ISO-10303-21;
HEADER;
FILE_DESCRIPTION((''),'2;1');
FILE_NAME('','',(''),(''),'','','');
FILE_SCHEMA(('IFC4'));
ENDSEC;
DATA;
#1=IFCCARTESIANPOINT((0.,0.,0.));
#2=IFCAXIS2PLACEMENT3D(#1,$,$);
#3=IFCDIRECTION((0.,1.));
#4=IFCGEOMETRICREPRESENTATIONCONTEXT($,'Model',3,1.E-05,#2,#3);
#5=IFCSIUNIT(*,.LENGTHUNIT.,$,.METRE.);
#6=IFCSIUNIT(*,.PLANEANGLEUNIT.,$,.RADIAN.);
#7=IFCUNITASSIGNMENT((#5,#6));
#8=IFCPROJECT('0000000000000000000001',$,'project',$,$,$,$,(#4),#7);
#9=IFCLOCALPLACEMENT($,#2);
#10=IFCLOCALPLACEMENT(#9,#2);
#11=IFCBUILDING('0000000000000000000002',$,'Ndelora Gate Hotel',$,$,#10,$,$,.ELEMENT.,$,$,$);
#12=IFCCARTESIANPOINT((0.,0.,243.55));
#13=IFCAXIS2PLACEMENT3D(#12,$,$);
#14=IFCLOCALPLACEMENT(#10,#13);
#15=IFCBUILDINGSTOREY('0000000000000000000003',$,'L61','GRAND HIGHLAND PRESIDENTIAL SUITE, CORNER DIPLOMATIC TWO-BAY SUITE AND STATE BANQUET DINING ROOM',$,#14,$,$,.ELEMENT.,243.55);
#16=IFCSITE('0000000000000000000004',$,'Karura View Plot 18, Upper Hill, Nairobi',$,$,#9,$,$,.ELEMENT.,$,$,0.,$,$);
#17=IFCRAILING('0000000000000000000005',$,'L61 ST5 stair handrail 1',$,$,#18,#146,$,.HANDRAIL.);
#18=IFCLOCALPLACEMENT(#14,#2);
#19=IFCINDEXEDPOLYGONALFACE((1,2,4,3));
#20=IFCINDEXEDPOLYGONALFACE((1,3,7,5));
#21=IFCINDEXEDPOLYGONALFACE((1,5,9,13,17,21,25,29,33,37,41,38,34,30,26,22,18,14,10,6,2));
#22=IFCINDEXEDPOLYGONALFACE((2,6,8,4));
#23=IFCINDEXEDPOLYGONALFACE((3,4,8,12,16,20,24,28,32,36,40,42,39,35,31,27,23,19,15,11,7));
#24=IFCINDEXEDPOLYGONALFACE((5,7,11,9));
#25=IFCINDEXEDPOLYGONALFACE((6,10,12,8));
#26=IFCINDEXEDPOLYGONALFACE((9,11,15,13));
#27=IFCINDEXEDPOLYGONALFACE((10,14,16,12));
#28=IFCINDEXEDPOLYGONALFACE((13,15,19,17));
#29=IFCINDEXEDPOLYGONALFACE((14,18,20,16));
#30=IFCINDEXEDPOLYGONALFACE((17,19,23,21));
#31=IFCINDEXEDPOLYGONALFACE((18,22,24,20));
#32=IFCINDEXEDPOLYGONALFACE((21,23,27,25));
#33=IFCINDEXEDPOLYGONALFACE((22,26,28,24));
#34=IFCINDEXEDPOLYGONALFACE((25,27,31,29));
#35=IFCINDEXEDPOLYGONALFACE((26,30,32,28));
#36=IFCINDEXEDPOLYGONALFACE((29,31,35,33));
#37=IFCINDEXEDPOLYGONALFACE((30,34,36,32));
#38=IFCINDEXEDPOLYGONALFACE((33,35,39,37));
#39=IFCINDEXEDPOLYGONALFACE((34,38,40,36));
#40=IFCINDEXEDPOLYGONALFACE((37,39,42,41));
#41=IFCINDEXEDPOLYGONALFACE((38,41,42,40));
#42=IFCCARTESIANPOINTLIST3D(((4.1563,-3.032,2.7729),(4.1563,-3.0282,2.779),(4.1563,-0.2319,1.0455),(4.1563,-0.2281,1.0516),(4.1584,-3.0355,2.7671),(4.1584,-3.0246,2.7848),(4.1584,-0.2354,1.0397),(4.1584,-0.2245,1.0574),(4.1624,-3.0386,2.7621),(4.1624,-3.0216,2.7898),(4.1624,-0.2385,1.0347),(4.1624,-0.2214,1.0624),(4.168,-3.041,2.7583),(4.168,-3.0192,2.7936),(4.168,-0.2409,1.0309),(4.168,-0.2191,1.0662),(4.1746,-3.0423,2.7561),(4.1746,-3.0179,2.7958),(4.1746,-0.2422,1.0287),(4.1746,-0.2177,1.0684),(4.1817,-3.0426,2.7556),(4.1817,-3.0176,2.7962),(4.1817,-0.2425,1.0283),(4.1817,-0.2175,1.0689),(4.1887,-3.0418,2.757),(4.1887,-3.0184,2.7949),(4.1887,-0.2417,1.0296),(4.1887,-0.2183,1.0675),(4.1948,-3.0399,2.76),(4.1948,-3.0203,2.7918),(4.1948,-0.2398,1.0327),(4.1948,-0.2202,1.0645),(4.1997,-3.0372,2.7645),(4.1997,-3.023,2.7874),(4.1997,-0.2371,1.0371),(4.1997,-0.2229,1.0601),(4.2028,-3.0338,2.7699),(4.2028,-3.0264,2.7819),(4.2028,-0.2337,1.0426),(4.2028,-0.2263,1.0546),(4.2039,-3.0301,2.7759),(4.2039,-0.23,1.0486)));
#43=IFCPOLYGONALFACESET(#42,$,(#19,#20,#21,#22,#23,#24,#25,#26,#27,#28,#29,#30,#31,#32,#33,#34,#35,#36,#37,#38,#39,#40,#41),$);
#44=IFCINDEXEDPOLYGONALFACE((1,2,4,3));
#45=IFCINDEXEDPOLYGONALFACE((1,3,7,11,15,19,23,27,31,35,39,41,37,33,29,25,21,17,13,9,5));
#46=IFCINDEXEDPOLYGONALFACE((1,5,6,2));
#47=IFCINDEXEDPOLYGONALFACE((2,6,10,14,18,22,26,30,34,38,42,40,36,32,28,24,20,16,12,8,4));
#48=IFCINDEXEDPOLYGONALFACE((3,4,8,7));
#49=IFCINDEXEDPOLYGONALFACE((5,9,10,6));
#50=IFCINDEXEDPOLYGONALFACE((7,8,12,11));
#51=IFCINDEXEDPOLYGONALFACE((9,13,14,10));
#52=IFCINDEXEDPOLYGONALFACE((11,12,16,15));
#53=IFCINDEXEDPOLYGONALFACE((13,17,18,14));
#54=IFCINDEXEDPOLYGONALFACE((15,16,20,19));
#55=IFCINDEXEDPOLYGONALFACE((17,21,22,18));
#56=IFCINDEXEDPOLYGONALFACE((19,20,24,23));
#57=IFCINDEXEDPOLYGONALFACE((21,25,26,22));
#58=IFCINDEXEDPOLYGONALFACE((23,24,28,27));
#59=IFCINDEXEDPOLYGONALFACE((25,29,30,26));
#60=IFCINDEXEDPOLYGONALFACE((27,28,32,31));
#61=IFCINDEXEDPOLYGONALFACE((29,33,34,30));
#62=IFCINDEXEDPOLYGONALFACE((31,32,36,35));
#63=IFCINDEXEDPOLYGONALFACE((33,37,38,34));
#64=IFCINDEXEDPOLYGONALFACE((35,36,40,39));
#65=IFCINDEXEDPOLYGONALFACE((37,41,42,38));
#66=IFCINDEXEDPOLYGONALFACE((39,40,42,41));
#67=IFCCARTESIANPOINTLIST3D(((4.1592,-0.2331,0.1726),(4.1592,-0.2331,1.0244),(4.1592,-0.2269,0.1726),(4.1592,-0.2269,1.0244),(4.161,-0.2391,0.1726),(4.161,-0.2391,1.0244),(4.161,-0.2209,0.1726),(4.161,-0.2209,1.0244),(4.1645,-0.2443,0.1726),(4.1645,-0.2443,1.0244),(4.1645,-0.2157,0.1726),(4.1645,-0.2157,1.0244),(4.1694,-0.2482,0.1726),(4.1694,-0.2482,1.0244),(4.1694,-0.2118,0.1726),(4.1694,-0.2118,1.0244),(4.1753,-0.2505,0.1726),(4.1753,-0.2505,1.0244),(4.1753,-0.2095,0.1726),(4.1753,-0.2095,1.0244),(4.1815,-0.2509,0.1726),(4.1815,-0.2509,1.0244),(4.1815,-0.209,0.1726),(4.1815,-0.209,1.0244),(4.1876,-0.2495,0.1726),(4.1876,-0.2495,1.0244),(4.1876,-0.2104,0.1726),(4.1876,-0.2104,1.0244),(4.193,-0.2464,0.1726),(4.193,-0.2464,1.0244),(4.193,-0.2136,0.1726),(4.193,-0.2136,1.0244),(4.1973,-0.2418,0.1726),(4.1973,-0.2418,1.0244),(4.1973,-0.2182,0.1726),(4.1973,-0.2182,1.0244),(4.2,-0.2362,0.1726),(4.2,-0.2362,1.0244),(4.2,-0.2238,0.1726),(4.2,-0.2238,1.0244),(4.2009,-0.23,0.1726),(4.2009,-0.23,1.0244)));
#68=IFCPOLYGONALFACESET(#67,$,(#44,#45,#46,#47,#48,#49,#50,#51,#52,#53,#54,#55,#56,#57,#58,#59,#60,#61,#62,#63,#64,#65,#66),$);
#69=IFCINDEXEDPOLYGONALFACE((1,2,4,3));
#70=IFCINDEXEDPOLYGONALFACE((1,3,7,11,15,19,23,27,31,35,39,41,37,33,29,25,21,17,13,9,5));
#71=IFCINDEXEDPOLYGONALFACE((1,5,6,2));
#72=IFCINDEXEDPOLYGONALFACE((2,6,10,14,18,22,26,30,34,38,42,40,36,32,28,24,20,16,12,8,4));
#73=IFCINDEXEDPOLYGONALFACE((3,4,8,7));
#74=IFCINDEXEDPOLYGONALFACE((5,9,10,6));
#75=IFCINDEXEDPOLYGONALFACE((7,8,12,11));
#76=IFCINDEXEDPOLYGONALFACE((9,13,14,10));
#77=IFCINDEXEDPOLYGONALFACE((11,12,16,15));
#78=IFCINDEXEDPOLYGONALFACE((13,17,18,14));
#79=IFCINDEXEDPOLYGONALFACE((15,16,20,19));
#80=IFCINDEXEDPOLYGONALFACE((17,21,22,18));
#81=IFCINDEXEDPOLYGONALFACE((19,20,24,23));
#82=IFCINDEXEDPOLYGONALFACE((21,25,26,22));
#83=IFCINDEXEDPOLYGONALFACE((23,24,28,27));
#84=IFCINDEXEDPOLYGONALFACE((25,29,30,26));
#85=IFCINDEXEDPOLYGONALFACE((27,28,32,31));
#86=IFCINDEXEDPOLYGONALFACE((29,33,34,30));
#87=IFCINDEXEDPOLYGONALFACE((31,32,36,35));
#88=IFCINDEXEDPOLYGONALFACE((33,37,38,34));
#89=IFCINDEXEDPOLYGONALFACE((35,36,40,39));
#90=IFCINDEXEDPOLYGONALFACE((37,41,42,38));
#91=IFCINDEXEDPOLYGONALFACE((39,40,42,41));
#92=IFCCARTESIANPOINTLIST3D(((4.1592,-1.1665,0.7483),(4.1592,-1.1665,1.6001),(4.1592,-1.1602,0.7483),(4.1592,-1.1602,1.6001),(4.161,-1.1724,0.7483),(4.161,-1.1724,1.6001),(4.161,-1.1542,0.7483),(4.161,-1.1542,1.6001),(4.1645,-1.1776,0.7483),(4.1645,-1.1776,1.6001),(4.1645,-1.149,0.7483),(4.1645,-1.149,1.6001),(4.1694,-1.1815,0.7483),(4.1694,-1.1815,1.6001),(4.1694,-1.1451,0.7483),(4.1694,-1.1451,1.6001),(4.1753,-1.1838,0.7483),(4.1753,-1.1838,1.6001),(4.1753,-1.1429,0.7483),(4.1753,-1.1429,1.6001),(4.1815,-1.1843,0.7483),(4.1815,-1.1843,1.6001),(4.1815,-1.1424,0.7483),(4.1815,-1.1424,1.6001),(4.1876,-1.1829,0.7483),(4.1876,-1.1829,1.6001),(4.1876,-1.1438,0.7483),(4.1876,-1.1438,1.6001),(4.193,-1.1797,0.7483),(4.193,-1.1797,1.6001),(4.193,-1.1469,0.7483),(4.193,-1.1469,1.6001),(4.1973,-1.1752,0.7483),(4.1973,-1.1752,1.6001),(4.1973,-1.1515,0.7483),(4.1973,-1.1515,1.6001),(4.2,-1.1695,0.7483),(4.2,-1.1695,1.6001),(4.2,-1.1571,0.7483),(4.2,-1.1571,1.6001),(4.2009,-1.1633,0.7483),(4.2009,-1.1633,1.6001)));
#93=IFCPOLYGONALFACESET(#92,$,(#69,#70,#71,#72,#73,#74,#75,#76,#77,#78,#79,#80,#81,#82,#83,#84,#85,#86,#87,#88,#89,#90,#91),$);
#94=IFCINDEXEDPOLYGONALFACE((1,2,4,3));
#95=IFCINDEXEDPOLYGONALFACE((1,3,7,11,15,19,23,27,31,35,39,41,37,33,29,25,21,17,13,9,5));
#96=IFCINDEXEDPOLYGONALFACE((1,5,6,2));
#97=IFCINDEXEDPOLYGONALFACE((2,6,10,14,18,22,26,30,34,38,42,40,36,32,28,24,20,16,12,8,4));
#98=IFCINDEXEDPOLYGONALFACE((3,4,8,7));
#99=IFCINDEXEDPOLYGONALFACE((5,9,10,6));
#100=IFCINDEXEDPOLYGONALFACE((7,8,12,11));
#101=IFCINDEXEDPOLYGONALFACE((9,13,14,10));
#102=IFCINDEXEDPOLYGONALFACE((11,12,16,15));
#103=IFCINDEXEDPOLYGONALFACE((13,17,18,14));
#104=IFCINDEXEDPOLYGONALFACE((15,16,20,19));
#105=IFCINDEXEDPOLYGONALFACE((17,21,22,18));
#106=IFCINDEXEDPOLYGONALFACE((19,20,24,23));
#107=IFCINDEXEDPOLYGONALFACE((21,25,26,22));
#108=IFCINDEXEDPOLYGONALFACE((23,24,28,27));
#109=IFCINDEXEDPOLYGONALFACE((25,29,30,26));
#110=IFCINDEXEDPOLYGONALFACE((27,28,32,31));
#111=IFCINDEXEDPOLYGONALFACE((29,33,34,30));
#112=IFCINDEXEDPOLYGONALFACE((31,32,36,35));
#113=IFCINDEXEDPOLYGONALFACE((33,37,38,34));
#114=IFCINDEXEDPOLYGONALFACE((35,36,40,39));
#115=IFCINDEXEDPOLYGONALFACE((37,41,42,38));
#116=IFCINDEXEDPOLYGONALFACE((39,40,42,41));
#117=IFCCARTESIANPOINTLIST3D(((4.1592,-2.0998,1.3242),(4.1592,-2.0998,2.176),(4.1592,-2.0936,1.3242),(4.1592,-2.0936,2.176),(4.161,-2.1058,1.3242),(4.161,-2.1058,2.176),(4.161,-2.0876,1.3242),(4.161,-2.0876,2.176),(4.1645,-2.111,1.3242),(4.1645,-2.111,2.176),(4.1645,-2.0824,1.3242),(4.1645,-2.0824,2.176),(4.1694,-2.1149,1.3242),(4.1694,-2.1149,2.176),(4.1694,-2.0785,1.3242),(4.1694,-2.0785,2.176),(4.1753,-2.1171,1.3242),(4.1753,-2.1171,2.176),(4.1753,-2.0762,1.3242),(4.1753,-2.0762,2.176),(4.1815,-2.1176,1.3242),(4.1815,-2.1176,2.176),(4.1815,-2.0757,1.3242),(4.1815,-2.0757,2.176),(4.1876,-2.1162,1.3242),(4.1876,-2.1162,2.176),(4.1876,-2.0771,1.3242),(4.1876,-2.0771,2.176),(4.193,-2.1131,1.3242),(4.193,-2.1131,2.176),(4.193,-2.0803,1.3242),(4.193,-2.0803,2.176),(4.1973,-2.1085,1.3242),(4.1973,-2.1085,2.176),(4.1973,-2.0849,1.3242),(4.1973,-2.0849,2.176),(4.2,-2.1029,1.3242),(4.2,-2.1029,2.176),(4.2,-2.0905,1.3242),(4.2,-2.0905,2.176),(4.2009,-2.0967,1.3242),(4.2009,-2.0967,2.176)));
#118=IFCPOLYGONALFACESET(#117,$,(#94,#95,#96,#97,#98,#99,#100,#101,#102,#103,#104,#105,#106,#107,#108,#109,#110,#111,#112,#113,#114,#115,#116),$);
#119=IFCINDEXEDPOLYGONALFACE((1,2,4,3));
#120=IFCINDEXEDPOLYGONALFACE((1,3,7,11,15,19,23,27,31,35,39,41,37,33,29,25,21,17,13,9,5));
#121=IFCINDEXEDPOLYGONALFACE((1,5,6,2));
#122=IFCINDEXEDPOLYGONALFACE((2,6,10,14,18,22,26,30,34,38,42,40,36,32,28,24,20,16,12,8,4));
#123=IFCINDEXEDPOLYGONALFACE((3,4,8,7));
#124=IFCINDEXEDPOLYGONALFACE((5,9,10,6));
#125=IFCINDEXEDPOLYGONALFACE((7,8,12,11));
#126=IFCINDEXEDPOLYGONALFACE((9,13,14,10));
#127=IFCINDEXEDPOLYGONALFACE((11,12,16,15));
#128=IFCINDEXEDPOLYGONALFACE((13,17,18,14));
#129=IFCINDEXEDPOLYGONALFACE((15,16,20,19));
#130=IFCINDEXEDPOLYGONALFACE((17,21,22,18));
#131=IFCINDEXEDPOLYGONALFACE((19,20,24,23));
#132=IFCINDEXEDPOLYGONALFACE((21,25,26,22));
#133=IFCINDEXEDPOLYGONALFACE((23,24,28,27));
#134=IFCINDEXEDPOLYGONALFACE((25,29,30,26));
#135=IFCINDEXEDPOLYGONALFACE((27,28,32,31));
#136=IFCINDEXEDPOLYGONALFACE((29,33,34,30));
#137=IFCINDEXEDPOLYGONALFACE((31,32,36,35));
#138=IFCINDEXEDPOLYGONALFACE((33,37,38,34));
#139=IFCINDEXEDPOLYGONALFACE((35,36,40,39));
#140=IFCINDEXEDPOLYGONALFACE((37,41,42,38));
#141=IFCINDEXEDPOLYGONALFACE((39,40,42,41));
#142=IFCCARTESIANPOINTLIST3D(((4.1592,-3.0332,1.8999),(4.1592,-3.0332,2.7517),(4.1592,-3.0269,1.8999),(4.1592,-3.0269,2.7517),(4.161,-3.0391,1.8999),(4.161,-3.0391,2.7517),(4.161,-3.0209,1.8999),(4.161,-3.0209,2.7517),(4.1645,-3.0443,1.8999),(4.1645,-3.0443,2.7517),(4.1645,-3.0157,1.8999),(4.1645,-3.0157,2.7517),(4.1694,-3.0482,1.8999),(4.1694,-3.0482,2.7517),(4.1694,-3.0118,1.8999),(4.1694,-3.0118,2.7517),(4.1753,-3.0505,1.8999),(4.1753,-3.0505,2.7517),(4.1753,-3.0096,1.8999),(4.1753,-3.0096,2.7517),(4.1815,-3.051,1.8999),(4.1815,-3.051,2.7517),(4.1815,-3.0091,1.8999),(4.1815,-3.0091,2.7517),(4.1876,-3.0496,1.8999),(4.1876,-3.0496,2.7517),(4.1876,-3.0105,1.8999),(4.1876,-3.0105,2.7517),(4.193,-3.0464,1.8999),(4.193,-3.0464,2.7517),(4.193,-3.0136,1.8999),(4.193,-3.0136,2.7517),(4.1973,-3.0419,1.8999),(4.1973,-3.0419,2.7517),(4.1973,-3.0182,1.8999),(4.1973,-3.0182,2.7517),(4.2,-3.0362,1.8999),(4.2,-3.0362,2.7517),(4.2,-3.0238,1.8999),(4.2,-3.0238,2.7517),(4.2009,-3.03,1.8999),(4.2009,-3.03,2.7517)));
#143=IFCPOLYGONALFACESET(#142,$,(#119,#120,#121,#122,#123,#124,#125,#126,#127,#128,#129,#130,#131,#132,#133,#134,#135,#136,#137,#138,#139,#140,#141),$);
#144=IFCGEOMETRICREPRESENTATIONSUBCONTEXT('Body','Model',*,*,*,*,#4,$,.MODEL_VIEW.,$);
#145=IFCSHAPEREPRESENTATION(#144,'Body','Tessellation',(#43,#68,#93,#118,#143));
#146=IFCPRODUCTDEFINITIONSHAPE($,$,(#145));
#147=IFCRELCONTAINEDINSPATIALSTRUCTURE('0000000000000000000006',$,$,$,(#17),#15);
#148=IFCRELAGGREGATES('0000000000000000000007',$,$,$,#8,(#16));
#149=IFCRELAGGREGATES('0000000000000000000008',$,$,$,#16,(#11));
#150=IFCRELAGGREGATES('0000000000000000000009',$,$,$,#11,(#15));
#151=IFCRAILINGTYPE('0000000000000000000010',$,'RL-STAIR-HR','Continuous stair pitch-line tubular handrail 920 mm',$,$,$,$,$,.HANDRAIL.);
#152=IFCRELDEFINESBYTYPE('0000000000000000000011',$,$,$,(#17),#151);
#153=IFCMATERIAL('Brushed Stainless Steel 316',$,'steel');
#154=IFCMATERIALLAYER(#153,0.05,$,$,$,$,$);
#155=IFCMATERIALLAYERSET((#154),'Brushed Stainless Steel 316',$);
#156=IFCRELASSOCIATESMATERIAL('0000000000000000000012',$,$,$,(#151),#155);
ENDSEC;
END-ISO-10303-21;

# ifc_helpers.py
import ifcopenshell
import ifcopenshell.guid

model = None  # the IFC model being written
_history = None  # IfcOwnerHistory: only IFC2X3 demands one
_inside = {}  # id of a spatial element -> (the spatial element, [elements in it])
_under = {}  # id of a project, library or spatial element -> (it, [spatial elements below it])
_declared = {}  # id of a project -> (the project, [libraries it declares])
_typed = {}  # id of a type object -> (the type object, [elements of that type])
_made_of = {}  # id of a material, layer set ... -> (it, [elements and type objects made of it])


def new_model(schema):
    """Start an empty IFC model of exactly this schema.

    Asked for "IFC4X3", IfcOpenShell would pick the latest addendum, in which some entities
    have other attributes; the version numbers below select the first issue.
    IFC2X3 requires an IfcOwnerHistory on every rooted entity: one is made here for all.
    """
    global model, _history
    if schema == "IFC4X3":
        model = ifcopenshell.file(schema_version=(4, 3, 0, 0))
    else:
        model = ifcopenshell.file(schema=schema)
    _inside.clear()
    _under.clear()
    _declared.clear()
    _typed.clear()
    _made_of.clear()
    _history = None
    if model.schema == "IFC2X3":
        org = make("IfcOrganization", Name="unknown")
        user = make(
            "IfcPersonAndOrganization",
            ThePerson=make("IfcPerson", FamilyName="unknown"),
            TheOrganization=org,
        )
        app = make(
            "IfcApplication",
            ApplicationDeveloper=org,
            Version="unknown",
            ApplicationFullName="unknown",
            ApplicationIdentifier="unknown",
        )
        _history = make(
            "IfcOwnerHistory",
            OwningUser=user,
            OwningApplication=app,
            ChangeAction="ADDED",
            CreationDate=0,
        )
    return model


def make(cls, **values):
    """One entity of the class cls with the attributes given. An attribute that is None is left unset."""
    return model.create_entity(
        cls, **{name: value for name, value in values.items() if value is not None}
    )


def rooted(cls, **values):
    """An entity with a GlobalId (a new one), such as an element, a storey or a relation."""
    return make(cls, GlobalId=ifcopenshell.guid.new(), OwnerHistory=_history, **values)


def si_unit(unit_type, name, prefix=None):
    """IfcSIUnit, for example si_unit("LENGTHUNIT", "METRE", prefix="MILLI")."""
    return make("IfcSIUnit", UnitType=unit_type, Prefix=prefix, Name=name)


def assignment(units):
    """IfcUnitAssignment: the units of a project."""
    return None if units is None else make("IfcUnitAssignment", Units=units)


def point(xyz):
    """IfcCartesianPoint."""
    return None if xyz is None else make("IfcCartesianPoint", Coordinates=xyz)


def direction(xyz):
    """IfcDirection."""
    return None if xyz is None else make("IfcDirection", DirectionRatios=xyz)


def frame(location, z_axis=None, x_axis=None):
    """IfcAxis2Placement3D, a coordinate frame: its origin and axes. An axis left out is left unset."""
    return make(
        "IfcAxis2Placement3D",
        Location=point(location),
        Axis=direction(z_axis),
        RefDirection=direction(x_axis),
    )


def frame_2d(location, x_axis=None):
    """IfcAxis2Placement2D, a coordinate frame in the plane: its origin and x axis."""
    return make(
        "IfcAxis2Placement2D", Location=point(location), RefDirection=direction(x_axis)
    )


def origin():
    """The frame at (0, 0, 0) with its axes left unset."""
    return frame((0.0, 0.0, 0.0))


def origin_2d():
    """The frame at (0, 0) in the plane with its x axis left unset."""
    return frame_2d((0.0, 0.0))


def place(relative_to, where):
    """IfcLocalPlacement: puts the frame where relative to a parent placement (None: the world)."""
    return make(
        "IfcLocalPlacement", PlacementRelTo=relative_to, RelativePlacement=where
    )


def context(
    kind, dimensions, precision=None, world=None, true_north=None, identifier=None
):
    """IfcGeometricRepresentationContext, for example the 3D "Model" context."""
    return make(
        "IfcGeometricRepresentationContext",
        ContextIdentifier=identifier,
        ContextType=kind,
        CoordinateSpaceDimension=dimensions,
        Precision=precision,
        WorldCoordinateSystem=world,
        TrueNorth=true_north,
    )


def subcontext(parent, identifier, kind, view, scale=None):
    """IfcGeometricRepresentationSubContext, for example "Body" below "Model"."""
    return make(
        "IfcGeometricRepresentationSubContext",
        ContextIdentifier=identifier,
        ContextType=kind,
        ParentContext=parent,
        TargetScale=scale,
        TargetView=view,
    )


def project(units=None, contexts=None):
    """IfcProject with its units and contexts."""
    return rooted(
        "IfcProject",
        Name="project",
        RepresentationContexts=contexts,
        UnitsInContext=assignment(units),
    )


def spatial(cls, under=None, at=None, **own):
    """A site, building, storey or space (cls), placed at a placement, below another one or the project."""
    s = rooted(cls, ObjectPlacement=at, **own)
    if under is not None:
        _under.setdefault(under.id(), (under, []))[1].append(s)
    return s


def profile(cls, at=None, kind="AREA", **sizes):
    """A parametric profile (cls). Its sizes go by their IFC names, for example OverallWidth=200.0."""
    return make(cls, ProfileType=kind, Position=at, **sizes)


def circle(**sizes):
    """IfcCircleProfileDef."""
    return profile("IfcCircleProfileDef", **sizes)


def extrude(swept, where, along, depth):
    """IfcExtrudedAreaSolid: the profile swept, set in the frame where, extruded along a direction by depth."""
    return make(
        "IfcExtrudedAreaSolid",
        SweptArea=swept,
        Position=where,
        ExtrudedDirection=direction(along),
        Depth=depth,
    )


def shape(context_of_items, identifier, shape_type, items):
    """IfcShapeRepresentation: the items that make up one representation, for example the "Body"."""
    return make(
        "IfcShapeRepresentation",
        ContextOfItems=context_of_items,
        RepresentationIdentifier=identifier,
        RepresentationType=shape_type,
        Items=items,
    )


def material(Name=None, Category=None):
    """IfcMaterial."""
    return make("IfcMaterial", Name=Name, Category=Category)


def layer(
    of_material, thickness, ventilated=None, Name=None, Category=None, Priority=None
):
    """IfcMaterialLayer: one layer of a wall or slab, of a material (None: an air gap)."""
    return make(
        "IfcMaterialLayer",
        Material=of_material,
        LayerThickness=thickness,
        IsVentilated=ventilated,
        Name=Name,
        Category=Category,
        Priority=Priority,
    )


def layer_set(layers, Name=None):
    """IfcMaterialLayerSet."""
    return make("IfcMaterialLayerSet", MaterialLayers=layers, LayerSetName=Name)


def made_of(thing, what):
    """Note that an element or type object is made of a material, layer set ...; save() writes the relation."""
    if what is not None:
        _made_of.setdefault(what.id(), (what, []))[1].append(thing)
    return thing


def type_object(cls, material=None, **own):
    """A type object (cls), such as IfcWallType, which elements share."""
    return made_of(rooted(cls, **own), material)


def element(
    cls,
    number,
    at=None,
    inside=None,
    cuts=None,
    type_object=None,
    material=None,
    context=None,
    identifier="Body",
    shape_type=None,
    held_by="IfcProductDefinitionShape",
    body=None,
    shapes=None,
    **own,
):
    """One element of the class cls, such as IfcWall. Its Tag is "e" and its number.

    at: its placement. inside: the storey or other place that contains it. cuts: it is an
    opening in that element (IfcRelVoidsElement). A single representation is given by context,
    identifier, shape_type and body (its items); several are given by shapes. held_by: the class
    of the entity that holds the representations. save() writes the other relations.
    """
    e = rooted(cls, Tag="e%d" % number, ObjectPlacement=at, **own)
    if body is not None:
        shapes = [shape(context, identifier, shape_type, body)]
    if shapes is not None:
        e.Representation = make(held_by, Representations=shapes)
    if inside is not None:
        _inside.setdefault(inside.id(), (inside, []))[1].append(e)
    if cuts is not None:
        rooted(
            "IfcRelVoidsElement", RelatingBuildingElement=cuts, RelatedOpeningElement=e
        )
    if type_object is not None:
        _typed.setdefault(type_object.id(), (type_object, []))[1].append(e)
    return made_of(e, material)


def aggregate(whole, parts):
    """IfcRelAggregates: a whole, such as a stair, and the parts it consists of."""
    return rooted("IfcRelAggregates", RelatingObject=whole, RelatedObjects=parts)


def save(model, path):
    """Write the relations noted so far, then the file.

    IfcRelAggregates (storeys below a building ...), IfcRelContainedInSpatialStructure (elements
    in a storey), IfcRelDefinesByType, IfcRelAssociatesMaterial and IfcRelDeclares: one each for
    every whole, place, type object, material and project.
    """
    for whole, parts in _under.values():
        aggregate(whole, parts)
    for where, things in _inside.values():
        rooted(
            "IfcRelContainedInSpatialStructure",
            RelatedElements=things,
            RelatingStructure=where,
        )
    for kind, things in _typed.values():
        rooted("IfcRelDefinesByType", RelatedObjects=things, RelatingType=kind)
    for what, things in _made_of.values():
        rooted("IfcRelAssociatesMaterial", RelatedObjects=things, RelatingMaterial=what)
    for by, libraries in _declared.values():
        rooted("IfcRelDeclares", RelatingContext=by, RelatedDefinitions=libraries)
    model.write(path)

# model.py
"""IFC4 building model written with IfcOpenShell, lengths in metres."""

from ifc_helpers import new_model, si_unit, direction, frame, origin, origin_2d, place, context, subcontext, project, spatial, circle, extrude, material, layer, layer_set, type_object, element, save


model = new_model("IFC4")

# Units and contexts
model_context = context("Model", 3, precision=1e-05, world=origin(), true_north=direction((0.0, 1.0)))
body_context = subcontext(model_context, "Body", "Model", "MODEL_VIEW")
ifc_project = project(units=[si_unit("LENGTHUNIT", "METRE"), si_unit("PLANEANGLEUNIT", "RADIAN")], contexts=[model_context])

# Site, building, storey
site_placement = place(None, origin())
site = spatial("IfcSite", under=ifc_project, at=site_placement, Name="Karura View Plot 18, Upper Hill, Nairobi", CompositionType="ELEMENT", RefElevation=0.0)
building_placement = place(site_placement, origin())
building = spatial("IfcBuilding", under=site, at=building_placement, Name="Ndelora Gate Hotel", CompositionType="ELEMENT")
storey_placement = place(building_placement, frame((0.0, 0.0, 243.55)))
storey = spatial("IfcBuildingStorey", under=building, at=storey_placement, Name="L61", Description="GRAND HIGHLAND PRESIDENTIAL SUITE, CORNER DIPLOMATIC TWO-BAY SUITE AND STATE BANQUET DINING ROOM", CompositionType="ELEMENT", Elevation=243.55)

# Railing
ifc_material_1 = material(Name="Brushed Stainless Steel 316", Category="steel")
ifc_layer_1 = layer(ifc_material_1, 0.05)
ifc_layer_set_1 = layer_set([ifc_layer_1], Name="Brushed Stainless Steel 316")
railing_type_1 = type_object("IfcRailingType", Name="RL-STAIR-HR", Description="Continuous stair pitch-line tubular handrail 920 mm", PredefinedType="HANDRAIL", material=ifc_layer_set_1)
railing_1_placement = place(storey_placement, frame((4.1799, -0.23, 0.1726)))
element("IfcRailing", 1, at=railing_1_placement, inside=storey, type_object=railing_type_1, Name="L61 ST5 stair handrail 1", PredefinedType="HANDRAIL", context=body_context, shape_type="SweptSolid", body=[
    extrude(circle(Radius=0.0239, at=origin_2d()), frame((0.0, 0.0, 0.876), z_axis=(0.0, -0.85109, 0.52502), x_axis=(1.0, 0.0, 0.0)), (0.0, 0.0, 1.0), 3.29),
    extrude(circle(Radius=0.021, at=origin_2d()), origin(), (0.0, 0.0, 1.0), 0.8518),
    extrude(circle(Radius=0.021, at=origin_2d()), frame((0.0, -0.9333, 0.5757)), (0.0, 0.0, 1.0), 0.8518),
    extrude(circle(Radius=0.021, at=origin_2d()), frame((0.0, -1.8667, 1.1516)), (0.0, 0.0, 1.0), 0.8518),
    extrude(circle(Radius=0.021, at=origin_2d()), frame((0.0, -2.8, 1.7273)), (0.0, 0.0, 1.0), 0.8518),
])

save(model, "model.ifc")
